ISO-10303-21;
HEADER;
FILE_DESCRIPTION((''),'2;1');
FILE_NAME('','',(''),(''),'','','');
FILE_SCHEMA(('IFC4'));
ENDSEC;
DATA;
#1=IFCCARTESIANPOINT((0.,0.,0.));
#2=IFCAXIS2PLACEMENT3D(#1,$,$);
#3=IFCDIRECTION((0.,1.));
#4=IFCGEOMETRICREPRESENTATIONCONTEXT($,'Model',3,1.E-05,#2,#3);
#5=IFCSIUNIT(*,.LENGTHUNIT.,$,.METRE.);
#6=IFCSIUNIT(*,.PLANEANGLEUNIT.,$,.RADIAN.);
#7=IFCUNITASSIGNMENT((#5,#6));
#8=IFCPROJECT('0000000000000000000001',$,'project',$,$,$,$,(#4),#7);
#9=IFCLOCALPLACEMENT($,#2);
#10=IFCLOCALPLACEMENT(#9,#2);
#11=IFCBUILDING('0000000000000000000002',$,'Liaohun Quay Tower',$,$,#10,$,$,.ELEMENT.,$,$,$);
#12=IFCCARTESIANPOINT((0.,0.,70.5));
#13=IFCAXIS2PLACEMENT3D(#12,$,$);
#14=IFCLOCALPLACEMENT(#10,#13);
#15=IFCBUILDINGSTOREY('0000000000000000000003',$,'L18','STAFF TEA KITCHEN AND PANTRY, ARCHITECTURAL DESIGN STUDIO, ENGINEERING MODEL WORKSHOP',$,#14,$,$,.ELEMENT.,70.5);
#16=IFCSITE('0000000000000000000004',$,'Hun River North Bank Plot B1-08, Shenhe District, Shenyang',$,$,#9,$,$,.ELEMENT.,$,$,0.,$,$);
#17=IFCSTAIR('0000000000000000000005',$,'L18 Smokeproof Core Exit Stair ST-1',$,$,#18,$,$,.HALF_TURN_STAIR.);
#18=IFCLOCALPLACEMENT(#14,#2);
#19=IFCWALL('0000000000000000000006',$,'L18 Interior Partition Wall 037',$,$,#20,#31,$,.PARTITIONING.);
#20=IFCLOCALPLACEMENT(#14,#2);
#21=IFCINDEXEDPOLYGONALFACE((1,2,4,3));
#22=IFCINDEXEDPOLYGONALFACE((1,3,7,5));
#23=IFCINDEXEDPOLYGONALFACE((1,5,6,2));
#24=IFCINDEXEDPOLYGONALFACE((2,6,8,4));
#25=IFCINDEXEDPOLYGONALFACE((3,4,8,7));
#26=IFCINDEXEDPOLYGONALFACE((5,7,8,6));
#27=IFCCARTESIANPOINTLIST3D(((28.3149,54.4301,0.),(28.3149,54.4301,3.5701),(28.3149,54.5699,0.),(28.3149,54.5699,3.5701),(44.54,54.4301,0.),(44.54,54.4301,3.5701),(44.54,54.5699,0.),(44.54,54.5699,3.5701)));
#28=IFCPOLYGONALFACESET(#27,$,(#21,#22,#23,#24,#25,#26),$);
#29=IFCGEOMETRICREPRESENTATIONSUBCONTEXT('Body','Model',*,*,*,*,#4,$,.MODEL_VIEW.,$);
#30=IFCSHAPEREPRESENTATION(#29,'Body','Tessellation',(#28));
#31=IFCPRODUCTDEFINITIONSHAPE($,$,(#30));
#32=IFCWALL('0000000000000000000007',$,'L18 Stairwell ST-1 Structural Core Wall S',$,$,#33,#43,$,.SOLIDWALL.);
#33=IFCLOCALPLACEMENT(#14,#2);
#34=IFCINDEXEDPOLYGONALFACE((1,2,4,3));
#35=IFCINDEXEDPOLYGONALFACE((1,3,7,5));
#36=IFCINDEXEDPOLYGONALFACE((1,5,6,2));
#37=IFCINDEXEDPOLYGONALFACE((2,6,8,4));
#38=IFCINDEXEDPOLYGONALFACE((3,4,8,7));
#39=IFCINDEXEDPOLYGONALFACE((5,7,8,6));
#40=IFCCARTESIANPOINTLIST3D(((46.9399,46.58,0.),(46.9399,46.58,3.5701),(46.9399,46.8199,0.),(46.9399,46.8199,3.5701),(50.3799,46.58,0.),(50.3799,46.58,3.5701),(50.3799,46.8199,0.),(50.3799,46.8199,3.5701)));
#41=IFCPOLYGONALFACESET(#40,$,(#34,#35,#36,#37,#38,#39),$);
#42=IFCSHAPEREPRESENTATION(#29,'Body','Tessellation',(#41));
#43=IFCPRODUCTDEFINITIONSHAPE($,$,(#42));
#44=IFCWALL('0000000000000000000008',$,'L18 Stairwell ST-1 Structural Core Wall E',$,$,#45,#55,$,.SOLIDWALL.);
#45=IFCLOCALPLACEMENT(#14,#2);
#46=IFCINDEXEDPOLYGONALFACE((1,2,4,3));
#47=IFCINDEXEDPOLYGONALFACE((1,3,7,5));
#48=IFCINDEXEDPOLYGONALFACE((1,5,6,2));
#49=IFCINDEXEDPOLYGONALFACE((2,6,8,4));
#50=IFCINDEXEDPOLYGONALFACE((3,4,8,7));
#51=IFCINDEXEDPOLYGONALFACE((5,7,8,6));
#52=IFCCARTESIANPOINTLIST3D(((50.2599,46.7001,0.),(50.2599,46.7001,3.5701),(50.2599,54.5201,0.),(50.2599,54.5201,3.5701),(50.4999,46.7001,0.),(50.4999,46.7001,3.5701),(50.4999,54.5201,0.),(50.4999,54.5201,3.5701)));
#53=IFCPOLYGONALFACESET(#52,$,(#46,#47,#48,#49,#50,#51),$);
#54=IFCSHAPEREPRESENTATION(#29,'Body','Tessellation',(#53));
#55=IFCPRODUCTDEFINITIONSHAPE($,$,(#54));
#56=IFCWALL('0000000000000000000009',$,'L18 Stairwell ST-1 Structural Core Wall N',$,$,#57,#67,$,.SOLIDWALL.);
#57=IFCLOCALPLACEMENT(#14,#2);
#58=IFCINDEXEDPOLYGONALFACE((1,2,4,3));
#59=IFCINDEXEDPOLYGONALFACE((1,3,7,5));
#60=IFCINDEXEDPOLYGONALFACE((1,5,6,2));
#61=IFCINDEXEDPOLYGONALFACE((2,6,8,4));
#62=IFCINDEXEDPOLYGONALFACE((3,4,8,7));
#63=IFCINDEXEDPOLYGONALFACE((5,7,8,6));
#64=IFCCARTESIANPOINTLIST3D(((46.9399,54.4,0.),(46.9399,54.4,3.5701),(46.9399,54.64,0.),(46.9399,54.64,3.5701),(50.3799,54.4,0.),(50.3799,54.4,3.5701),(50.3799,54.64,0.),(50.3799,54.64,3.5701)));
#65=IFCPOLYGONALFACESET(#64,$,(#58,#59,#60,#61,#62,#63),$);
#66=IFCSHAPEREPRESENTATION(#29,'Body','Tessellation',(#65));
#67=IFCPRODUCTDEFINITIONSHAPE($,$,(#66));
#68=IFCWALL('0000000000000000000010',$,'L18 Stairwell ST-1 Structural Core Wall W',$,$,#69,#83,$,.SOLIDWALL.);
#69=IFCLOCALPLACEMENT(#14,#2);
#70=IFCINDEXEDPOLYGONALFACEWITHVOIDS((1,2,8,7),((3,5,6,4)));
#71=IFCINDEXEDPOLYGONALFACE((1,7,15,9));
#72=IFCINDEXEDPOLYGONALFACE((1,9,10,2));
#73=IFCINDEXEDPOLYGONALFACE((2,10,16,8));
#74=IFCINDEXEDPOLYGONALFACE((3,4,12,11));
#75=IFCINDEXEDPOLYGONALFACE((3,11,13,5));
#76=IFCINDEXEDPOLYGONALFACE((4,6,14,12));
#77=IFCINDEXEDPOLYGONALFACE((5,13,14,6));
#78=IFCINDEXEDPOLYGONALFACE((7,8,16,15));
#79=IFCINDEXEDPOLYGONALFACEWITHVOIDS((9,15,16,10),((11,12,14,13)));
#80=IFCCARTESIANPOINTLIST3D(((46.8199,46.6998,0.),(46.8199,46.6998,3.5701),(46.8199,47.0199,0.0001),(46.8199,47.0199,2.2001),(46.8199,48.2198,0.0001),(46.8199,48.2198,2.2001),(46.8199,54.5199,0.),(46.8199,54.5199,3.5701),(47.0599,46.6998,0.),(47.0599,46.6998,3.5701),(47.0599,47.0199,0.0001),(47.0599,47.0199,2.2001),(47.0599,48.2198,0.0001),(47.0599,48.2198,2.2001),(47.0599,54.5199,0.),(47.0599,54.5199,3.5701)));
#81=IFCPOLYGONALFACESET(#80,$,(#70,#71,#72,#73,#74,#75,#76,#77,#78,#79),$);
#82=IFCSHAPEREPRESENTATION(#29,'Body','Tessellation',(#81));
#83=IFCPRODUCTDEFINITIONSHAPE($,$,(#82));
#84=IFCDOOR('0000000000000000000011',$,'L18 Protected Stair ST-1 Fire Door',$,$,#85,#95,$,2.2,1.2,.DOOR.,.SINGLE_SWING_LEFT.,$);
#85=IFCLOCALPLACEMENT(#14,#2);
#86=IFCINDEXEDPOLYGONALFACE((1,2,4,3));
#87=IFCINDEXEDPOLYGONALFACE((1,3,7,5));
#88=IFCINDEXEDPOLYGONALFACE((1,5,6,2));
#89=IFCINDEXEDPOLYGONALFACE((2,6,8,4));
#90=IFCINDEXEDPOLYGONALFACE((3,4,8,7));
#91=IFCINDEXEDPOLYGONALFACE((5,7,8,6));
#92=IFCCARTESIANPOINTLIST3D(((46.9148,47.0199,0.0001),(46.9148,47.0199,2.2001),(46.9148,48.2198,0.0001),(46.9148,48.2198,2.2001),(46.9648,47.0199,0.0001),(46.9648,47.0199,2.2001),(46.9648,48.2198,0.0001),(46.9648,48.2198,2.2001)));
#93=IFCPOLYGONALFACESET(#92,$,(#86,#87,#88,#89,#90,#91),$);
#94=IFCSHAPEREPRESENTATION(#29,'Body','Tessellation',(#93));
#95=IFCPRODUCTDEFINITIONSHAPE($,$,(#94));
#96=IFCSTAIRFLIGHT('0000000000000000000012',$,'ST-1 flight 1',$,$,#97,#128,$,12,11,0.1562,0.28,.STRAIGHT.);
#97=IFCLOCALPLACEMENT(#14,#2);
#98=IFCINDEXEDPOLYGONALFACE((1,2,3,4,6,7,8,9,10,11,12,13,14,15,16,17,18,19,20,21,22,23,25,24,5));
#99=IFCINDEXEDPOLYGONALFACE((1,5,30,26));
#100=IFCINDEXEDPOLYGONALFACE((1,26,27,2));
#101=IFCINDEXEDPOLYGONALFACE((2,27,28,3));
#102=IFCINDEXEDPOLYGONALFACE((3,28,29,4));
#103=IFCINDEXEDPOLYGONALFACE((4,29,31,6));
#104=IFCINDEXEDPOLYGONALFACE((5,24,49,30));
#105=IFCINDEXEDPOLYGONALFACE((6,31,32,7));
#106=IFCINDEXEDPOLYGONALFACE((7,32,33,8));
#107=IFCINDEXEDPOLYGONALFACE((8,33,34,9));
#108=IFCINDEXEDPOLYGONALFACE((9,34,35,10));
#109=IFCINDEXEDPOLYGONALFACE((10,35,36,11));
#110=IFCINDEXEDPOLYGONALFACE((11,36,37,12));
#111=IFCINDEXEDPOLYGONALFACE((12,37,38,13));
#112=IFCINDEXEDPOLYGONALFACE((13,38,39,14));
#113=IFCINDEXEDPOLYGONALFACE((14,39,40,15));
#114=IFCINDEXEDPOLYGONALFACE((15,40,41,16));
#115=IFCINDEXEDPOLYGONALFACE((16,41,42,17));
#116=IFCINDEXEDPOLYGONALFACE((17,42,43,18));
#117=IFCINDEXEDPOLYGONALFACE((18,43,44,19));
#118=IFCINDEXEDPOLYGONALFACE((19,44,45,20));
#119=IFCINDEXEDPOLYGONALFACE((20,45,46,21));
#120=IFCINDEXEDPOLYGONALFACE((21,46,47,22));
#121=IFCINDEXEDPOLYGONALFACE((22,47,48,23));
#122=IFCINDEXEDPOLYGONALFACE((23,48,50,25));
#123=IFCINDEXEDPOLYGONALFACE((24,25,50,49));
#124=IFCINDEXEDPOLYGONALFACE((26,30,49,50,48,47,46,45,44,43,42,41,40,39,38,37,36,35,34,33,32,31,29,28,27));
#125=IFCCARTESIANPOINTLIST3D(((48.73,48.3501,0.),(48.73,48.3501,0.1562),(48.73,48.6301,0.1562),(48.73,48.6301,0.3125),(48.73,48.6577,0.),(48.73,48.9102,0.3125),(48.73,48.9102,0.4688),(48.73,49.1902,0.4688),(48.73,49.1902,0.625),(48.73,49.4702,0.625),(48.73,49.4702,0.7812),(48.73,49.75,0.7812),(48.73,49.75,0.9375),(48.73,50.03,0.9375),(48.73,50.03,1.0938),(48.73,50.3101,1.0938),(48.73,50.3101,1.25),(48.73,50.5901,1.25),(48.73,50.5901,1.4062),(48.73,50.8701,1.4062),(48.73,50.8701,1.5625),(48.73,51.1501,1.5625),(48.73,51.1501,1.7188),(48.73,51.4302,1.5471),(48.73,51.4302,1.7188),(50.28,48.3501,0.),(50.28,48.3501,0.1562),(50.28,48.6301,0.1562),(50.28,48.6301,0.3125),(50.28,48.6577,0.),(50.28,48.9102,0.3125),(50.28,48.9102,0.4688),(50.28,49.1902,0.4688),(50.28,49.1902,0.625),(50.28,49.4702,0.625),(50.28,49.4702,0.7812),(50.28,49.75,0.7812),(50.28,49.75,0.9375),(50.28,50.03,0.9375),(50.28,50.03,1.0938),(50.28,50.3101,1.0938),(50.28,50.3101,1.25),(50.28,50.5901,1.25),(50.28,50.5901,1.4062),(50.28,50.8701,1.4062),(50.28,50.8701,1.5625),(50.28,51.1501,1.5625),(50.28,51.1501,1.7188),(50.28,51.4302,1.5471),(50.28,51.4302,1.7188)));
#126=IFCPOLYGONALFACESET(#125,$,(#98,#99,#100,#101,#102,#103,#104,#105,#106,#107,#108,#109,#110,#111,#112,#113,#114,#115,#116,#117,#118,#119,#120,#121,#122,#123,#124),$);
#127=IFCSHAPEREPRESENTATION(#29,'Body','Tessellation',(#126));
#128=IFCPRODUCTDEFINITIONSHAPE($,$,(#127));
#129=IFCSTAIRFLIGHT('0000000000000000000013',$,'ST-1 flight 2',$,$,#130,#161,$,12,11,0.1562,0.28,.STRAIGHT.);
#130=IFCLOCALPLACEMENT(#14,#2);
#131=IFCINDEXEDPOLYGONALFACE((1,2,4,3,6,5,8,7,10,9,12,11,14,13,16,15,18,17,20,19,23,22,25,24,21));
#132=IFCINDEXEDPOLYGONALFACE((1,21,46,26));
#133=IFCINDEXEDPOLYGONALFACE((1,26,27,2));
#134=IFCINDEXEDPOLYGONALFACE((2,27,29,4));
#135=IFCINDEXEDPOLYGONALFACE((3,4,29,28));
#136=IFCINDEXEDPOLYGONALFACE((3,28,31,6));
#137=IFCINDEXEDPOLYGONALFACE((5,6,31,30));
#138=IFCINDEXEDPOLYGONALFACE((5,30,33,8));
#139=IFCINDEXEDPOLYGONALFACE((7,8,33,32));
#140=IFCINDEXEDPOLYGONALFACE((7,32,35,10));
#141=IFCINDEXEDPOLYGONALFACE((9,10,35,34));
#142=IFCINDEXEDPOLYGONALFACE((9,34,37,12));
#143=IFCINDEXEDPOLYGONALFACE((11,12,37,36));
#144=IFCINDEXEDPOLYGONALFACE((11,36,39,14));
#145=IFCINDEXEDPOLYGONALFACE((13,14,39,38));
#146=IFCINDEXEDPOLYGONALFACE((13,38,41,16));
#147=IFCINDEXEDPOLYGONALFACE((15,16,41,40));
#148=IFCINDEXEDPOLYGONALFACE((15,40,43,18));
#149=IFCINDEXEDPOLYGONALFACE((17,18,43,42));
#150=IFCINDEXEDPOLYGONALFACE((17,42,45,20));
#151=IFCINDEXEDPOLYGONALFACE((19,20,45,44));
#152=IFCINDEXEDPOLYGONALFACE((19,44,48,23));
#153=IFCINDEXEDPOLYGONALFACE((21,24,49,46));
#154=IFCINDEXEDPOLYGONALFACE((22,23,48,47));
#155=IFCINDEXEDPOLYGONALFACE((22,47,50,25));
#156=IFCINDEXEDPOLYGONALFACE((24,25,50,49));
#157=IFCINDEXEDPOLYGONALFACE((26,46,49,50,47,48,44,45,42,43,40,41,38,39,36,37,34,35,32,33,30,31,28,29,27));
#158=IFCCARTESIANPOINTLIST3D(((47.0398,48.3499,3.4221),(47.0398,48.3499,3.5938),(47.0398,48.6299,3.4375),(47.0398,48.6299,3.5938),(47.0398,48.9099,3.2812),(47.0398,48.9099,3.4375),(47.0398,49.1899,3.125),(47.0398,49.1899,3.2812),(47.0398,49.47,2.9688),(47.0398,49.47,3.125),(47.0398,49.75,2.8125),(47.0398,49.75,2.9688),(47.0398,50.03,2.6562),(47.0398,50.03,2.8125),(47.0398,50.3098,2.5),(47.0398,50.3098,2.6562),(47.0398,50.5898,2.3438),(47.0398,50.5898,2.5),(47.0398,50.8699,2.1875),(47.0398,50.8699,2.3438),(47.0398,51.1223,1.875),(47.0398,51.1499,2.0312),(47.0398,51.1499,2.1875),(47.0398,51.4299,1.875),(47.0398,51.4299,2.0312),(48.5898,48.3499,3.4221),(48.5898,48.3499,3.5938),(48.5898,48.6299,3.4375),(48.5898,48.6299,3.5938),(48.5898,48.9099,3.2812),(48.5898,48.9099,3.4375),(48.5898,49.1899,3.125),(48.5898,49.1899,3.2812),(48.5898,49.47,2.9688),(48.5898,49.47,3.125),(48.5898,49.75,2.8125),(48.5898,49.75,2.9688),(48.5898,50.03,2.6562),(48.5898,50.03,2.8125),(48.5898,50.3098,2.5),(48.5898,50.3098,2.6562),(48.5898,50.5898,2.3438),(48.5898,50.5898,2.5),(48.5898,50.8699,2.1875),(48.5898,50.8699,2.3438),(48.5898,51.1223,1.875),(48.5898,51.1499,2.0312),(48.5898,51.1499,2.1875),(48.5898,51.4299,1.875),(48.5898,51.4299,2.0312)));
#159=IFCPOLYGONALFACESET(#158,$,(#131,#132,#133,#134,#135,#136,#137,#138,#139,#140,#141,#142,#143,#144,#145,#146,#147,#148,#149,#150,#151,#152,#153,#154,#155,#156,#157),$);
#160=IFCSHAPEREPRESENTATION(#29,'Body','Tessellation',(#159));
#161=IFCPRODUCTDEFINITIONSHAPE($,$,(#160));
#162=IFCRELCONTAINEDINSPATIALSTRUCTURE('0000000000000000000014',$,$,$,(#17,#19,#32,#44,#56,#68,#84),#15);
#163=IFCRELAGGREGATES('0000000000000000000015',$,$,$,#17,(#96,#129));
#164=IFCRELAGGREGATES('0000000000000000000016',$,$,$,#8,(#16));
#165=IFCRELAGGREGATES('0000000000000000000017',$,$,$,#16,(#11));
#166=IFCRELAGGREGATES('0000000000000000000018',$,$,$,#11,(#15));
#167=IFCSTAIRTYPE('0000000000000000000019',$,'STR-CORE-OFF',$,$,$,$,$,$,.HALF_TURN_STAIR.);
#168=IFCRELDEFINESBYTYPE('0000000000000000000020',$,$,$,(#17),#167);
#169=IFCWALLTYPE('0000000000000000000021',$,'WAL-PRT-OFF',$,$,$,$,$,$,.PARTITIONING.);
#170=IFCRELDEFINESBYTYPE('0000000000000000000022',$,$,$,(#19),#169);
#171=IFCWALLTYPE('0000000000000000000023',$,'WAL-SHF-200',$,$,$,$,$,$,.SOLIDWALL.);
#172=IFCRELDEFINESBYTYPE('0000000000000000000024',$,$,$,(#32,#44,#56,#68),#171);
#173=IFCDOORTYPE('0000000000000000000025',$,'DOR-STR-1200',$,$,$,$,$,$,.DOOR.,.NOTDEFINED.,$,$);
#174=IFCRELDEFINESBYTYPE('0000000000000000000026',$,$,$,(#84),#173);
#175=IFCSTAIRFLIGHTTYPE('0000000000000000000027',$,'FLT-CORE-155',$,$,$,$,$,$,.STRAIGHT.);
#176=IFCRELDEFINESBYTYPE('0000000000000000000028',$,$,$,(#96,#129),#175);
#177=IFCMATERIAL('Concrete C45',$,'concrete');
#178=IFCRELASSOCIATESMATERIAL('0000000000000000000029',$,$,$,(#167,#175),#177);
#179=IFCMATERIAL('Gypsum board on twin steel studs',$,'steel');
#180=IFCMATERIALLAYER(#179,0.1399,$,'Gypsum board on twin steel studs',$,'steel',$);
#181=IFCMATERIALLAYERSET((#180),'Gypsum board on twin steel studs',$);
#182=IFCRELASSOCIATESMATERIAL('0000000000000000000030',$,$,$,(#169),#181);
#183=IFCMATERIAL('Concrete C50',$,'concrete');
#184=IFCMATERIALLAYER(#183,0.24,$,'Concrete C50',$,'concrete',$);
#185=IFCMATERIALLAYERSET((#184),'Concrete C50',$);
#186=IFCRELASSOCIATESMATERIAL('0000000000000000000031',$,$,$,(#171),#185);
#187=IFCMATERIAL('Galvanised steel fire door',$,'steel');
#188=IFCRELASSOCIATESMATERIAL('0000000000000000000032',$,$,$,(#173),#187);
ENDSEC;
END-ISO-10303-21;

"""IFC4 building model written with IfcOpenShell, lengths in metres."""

from ifc_helpers import new_model, si_unit, direction, frame, frame_2d, origin, place, context, subcontext, project, spatial, polyline, rectangle, outline, extrude, source, transform, mapped, material, layer, layer_set, type_object, element, fill, aggregate, save


model = new_model("IFC4")

# Units and contexts
model_context = context("Model", 3, precision=1e-05, world=origin(), true_north=direction((0.0, 1.0)))
body_context = subcontext(model_context, "Body", "Model", "MODEL_VIEW")
ifc_project = project(units=[si_unit("LENGTHUNIT", "METRE"), si_unit("PLANEANGLEUNIT", "RADIAN")], contexts=[model_context])

# Site, building, storey
site_placement = place(None, origin())
site = spatial("IfcSite", under=ifc_project, at=site_placement, Name="Hun River North Bank Plot B1-08, Shenhe District, Shenyang", CompositionType="ELEMENT", RefElevation=0.0)
building_placement = place(site_placement, origin())
building = spatial("IfcBuilding", under=site, at=building_placement, Name="Liaohun Quay Tower", CompositionType="ELEMENT")
storey_placement = place(building_placement, frame((0.0, 0.0, 70.5)))
storey = spatial("IfcBuildingStorey", under=building, at=storey_placement, Name="L18", Description="STAFF TEA KITCHEN AND PANTRY, ARCHITECTURAL DESIGN STUDIO, ENGINEERING MODEL WORKSHOP", CompositionType="ELEMENT", Elevation=70.5)

# Stair
ifc_material_1 = material(Name="Concrete C45", Category="concrete")
stair_type = type_object("IfcStairType", Name="STR-CORE-OFF", PredefinedType="HALF_TURN_STAIR", material=ifc_material_1)
stair_1_placement = place(storey_placement, origin())
stair_1 = element("IfcStair", 1, at=stair_1_placement, inside=storey, type_object=stair_type, Name="L18 Smokeproof Core Exit Stair ST-1", PredefinedType="HALF_TURN_STAIR")

# Walls
ifc_material_2 = material(Name="Gypsum board on twin steel studs", Category="steel")
ifc_layer_1 = layer(ifc_material_2, 0.1399, Name="Gypsum board on twin steel studs", Category="steel")
ifc_layer_set_1 = layer_set([ifc_layer_1], Name="Gypsum board on twin steel studs")
wall_type_1 = type_object("IfcWallType", Name="WAL-PRT-OFF", PredefinedType="PARTITIONING", material=ifc_layer_set_1)
wall_1_placement = place(storey_placement, frame((44.54, 54.5, 0.0), z_axis=(0.0, 0.0, 1.0), x_axis=(-1.0, 0.0, 0.0)))
element("IfcWall", 2, at=wall_1_placement, inside=storey, type_object=wall_type_1, Name="L18 Interior Partition Wall 037", PredefinedType="PARTITIONING", context=body_context, shape_type="SweptSolid", body=[
    extrude(rectangle(XDim=16.2251, YDim=0.1399, at=frame_2d((8.1125, 0.0))), origin(), (0.0, 0.0, 1.0), 3.5701),
])
ifc_material_3 = material(Name="Concrete C50", Category="concrete")
ifc_layer_2 = layer(ifc_material_3, 0.24, Name="Concrete C50", Category="concrete")
ifc_layer_set_2 = layer_set([ifc_layer_2], Name="Concrete C50")
wall_type_2 = type_object("IfcWallType", Name="WAL-SHF-200", PredefinedType="SOLIDWALL", material=ifc_layer_set_2)
wall_2_placement = place(storey_placement, frame((46.9399, 46.7, 0.0), z_axis=(0.0, 0.0, 1.0), x_axis=(1.0, 0.0, 0.0)))
element("IfcWall", 3, at=wall_2_placement, inside=storey, type_object=wall_type_2, Name="L18 Stairwell ST-1 Structural Core Wall S", PredefinedType="SOLIDWALL", context=body_context, shape_type="SweptSolid", body=[
    extrude(rectangle(XDim=3.4399, YDim=0.24, at=frame_2d((1.72, 0.0))), origin(), (0.0, 0.0, 1.0), 3.5701),
])
wall_3_placement = place(storey_placement, frame((50.3799, 46.7, 0.0), z_axis=(0.0, 0.0, 1.0), x_axis=(0.0, 1.0, 0.0)))
element("IfcWall", 4, at=wall_3_placement, inside=storey, type_object=wall_type_2, Name="L18 Stairwell ST-1 Structural Core Wall E", PredefinedType="SOLIDWALL", context=body_context, shape_type="SweptSolid", body=[
    extrude(rectangle(XDim=7.8201, YDim=0.24, at=frame_2d((3.9102, 0.0))), origin(), (0.0, 0.0, 1.0), 3.5701),
])
wall_4_placement = place(storey_placement, frame((50.3799, 54.52, 0.0), z_axis=(0.0, 0.0, 1.0), x_axis=(-1.0, 0.0, 0.0)))
element("IfcWall", 5, at=wall_4_placement, inside=storey, type_object=wall_type_2, Name="L18 Stairwell ST-1 Structural Core Wall N", PredefinedType="SOLIDWALL", context=body_context, shape_type="SweptSolid", body=[
    extrude(rectangle(XDim=3.4399, YDim=0.24, at=frame_2d((1.72, 0.0))), origin(), (0.0, 0.0, 1.0), 3.5701),
])

# Wall, opening, door
wall_5_placement = place(storey_placement, frame((46.9399, 54.52, 0.0), z_axis=(0.0, 0.0, 1.0), x_axis=(0.0, -1.0, 0.0)))
wall_5 = element("IfcWall", 6, at=wall_5_placement, inside=storey, type_object=wall_type_2, Name="L18 Stairwell ST-1 Structural Core Wall W", PredefinedType="SOLIDWALL", context=body_context, shape_type="SweptSolid", body=[
    extrude(rectangle(XDim=7.8201, YDim=0.24, at=frame_2d((3.9102, 0.0))), origin(), (0.0, 0.0, 1.0), 3.5701),
])
shared_shape_1 = source(origin(), body_context, "Body", "SweptSolid", [
    extrude(rectangle(XDim=1.2, YDim=2.2, at=frame_2d((0.6001, 1.1001))), frame((0.0, 0.1299, 0.0), z_axis=(0.0, -1.0, 0.0), x_axis=(1.0, 0.0, 0.0)), (0.0, 0.0, 1.0), 0.26),
])
opening_1_placement = place(wall_5_placement, frame((6.3, 0.0, 0.0)))
opening_1 = element("IfcOpeningElement", 7, at=opening_1_placement, cuts=wall_5, PredefinedType="OPENING", context=body_context, shape_type="MappedRepresentation", body=[
    mapped(shared_shape_1, transform((0.0, 0.0, 0.0), x_axis=(1.0, 0.0, 0.0), y_axis=(0.0, 1.0, 0.0), z_axis=(0.0, 0.0, 1.0), scale=1.0)),
])
ifc_material_4 = material(Name="Galvanised steel fire door", Category="steel")
door_type_1 = type_object("IfcDoorType", Name="DOR-STR-1200", OperationType="NOTDEFINED", PredefinedType="DOOR", material=ifc_material_4)
shared_shape_2 = source(origin(), body_context, "Body", "SweptSolid", [
    extrude(rectangle(XDim=1.2, YDim=2.2, at=frame_2d((0.6001, 1.1001))), frame((0.0, 0.0249, 0.0), z_axis=(0.0, -1.0, 0.0), x_axis=(1.0, 0.0, 0.0)), (0.0, 0.0, 1.0), 0.05),
])
door_1_placement = place(opening_1_placement, origin())
door_1 = element("IfcDoor", 8, at=door_1_placement, inside=storey, type_object=door_type_1, Name="L18 Protected Stair ST-1 Fire Door", OperationType="SINGLE_SWING_LEFT", OverallHeight=2.2, OverallWidth=1.2, PredefinedType="DOOR", context=body_context, shape_type="MappedRepresentation", body=[
    mapped(shared_shape_2, transform((0.0, 0.0, 0.0), x_axis=(1.0, 0.0, 0.0), y_axis=(0.0, 1.0, 0.0), z_axis=(0.0, 0.0, 1.0), scale=1.0)),
])
fill(opening_1, door_1)

# Stair flights
stair_flight_type = type_object("IfcStairFlightType", Name="FLT-CORE-155", PredefinedType="STRAIGHT", material=ifc_material_1)
stair_flight_1_placement = place(storey_placement, frame((49.5049, 48.3501, 0.0), z_axis=(0.0, 0.0, 1.0), x_axis=(0.0, 1.0, 0.0)))
stair_flight_1 = element("IfcStairFlight", 9, at=stair_flight_1_placement, type_object=stair_flight_type, Name="ST-1 flight 1", NumberOfRisers=12, NumberOfTreads=11, PredefinedType="STRAIGHT", RiserHeight=0.1562, TreadLength=0.28, context=body_context, shape_type="SweptSolid", body=[
    extrude(outline(polyline([(0.0, 0.0), (0.0, 0.1562), (0.28, 0.1562), (0.28, 0.3125), (0.5601, 0.3125), (0.5601, 0.4688), (0.8401, 0.4688), (0.8401, 0.625), (1.1201, 0.625), (1.1201, 0.7812), (1.3999, 0.7812), (1.3999, 0.9375), (1.6799, 0.9375), (1.6799, 1.0938), (1.96, 1.0938), (1.96, 1.25), (2.24, 1.25), (2.24, 1.4062), (2.52, 1.4062), (2.52, 1.5625), (2.8, 1.5625), (2.8, 1.7188), (3.0801, 1.7188), (3.0801, 1.875), (3.0801, 1.5471), (0.3076, 0.0), (0.0, 0.0)])), frame((0.0, 0.7749, 0.0), z_axis=(0.0, -1.0, 0.0), x_axis=(1.0, 0.0, 0.0)), (0.0, 0.0, 1.0), 1.55),
])
stair_flight_2_placement = place(storey_placement, frame((47.8149, 51.4299, 1.875), z_axis=(0.0, 0.0, 1.0), x_axis=(0.0, -1.0, 0.0)))
stair_flight_2 = element("IfcStairFlight", 10, at=stair_flight_2_placement, type_object=stair_flight_type, Name="ST-1 flight 2", NumberOfRisers=12, NumberOfTreads=11, PredefinedType="STRAIGHT", RiserHeight=0.1562, TreadLength=0.28, context=body_context, shape_type="SweptSolid", body=[
    extrude(outline(polyline([(0.0, 0.0), (0.0, 0.1562), (0.28, 0.1562), (0.28, 0.3125), (0.5601, 0.3125), (0.5601, 0.4688), (0.8401, 0.4688), (0.8401, 0.625), (1.1201, 0.625), (1.1201, 0.7812), (1.3999, 0.7812), (1.3999, 0.9375), (1.6799, 0.9375), (1.6799, 1.0938), (1.96, 1.0938), (1.96, 1.25), (2.24, 1.25), (2.24, 1.4062), (2.52, 1.4062), (2.52, 1.5625), (2.8, 1.5625), (2.8, 1.7188), (3.0801, 1.7188), (3.0801, 1.875), (3.0801, 1.5471), (0.3076, 0.0), (0.0, 0.0)])), frame((0.0, 0.7749, 0.0), z_axis=(0.0, -1.0, 0.0), x_axis=(1.0, 0.0, 0.0)), (0.0, 0.0, 1.0), 1.55),
])
aggregate(stair_1, [stair_flight_1, stair_flight_2])

save(model, "model.ifc")
